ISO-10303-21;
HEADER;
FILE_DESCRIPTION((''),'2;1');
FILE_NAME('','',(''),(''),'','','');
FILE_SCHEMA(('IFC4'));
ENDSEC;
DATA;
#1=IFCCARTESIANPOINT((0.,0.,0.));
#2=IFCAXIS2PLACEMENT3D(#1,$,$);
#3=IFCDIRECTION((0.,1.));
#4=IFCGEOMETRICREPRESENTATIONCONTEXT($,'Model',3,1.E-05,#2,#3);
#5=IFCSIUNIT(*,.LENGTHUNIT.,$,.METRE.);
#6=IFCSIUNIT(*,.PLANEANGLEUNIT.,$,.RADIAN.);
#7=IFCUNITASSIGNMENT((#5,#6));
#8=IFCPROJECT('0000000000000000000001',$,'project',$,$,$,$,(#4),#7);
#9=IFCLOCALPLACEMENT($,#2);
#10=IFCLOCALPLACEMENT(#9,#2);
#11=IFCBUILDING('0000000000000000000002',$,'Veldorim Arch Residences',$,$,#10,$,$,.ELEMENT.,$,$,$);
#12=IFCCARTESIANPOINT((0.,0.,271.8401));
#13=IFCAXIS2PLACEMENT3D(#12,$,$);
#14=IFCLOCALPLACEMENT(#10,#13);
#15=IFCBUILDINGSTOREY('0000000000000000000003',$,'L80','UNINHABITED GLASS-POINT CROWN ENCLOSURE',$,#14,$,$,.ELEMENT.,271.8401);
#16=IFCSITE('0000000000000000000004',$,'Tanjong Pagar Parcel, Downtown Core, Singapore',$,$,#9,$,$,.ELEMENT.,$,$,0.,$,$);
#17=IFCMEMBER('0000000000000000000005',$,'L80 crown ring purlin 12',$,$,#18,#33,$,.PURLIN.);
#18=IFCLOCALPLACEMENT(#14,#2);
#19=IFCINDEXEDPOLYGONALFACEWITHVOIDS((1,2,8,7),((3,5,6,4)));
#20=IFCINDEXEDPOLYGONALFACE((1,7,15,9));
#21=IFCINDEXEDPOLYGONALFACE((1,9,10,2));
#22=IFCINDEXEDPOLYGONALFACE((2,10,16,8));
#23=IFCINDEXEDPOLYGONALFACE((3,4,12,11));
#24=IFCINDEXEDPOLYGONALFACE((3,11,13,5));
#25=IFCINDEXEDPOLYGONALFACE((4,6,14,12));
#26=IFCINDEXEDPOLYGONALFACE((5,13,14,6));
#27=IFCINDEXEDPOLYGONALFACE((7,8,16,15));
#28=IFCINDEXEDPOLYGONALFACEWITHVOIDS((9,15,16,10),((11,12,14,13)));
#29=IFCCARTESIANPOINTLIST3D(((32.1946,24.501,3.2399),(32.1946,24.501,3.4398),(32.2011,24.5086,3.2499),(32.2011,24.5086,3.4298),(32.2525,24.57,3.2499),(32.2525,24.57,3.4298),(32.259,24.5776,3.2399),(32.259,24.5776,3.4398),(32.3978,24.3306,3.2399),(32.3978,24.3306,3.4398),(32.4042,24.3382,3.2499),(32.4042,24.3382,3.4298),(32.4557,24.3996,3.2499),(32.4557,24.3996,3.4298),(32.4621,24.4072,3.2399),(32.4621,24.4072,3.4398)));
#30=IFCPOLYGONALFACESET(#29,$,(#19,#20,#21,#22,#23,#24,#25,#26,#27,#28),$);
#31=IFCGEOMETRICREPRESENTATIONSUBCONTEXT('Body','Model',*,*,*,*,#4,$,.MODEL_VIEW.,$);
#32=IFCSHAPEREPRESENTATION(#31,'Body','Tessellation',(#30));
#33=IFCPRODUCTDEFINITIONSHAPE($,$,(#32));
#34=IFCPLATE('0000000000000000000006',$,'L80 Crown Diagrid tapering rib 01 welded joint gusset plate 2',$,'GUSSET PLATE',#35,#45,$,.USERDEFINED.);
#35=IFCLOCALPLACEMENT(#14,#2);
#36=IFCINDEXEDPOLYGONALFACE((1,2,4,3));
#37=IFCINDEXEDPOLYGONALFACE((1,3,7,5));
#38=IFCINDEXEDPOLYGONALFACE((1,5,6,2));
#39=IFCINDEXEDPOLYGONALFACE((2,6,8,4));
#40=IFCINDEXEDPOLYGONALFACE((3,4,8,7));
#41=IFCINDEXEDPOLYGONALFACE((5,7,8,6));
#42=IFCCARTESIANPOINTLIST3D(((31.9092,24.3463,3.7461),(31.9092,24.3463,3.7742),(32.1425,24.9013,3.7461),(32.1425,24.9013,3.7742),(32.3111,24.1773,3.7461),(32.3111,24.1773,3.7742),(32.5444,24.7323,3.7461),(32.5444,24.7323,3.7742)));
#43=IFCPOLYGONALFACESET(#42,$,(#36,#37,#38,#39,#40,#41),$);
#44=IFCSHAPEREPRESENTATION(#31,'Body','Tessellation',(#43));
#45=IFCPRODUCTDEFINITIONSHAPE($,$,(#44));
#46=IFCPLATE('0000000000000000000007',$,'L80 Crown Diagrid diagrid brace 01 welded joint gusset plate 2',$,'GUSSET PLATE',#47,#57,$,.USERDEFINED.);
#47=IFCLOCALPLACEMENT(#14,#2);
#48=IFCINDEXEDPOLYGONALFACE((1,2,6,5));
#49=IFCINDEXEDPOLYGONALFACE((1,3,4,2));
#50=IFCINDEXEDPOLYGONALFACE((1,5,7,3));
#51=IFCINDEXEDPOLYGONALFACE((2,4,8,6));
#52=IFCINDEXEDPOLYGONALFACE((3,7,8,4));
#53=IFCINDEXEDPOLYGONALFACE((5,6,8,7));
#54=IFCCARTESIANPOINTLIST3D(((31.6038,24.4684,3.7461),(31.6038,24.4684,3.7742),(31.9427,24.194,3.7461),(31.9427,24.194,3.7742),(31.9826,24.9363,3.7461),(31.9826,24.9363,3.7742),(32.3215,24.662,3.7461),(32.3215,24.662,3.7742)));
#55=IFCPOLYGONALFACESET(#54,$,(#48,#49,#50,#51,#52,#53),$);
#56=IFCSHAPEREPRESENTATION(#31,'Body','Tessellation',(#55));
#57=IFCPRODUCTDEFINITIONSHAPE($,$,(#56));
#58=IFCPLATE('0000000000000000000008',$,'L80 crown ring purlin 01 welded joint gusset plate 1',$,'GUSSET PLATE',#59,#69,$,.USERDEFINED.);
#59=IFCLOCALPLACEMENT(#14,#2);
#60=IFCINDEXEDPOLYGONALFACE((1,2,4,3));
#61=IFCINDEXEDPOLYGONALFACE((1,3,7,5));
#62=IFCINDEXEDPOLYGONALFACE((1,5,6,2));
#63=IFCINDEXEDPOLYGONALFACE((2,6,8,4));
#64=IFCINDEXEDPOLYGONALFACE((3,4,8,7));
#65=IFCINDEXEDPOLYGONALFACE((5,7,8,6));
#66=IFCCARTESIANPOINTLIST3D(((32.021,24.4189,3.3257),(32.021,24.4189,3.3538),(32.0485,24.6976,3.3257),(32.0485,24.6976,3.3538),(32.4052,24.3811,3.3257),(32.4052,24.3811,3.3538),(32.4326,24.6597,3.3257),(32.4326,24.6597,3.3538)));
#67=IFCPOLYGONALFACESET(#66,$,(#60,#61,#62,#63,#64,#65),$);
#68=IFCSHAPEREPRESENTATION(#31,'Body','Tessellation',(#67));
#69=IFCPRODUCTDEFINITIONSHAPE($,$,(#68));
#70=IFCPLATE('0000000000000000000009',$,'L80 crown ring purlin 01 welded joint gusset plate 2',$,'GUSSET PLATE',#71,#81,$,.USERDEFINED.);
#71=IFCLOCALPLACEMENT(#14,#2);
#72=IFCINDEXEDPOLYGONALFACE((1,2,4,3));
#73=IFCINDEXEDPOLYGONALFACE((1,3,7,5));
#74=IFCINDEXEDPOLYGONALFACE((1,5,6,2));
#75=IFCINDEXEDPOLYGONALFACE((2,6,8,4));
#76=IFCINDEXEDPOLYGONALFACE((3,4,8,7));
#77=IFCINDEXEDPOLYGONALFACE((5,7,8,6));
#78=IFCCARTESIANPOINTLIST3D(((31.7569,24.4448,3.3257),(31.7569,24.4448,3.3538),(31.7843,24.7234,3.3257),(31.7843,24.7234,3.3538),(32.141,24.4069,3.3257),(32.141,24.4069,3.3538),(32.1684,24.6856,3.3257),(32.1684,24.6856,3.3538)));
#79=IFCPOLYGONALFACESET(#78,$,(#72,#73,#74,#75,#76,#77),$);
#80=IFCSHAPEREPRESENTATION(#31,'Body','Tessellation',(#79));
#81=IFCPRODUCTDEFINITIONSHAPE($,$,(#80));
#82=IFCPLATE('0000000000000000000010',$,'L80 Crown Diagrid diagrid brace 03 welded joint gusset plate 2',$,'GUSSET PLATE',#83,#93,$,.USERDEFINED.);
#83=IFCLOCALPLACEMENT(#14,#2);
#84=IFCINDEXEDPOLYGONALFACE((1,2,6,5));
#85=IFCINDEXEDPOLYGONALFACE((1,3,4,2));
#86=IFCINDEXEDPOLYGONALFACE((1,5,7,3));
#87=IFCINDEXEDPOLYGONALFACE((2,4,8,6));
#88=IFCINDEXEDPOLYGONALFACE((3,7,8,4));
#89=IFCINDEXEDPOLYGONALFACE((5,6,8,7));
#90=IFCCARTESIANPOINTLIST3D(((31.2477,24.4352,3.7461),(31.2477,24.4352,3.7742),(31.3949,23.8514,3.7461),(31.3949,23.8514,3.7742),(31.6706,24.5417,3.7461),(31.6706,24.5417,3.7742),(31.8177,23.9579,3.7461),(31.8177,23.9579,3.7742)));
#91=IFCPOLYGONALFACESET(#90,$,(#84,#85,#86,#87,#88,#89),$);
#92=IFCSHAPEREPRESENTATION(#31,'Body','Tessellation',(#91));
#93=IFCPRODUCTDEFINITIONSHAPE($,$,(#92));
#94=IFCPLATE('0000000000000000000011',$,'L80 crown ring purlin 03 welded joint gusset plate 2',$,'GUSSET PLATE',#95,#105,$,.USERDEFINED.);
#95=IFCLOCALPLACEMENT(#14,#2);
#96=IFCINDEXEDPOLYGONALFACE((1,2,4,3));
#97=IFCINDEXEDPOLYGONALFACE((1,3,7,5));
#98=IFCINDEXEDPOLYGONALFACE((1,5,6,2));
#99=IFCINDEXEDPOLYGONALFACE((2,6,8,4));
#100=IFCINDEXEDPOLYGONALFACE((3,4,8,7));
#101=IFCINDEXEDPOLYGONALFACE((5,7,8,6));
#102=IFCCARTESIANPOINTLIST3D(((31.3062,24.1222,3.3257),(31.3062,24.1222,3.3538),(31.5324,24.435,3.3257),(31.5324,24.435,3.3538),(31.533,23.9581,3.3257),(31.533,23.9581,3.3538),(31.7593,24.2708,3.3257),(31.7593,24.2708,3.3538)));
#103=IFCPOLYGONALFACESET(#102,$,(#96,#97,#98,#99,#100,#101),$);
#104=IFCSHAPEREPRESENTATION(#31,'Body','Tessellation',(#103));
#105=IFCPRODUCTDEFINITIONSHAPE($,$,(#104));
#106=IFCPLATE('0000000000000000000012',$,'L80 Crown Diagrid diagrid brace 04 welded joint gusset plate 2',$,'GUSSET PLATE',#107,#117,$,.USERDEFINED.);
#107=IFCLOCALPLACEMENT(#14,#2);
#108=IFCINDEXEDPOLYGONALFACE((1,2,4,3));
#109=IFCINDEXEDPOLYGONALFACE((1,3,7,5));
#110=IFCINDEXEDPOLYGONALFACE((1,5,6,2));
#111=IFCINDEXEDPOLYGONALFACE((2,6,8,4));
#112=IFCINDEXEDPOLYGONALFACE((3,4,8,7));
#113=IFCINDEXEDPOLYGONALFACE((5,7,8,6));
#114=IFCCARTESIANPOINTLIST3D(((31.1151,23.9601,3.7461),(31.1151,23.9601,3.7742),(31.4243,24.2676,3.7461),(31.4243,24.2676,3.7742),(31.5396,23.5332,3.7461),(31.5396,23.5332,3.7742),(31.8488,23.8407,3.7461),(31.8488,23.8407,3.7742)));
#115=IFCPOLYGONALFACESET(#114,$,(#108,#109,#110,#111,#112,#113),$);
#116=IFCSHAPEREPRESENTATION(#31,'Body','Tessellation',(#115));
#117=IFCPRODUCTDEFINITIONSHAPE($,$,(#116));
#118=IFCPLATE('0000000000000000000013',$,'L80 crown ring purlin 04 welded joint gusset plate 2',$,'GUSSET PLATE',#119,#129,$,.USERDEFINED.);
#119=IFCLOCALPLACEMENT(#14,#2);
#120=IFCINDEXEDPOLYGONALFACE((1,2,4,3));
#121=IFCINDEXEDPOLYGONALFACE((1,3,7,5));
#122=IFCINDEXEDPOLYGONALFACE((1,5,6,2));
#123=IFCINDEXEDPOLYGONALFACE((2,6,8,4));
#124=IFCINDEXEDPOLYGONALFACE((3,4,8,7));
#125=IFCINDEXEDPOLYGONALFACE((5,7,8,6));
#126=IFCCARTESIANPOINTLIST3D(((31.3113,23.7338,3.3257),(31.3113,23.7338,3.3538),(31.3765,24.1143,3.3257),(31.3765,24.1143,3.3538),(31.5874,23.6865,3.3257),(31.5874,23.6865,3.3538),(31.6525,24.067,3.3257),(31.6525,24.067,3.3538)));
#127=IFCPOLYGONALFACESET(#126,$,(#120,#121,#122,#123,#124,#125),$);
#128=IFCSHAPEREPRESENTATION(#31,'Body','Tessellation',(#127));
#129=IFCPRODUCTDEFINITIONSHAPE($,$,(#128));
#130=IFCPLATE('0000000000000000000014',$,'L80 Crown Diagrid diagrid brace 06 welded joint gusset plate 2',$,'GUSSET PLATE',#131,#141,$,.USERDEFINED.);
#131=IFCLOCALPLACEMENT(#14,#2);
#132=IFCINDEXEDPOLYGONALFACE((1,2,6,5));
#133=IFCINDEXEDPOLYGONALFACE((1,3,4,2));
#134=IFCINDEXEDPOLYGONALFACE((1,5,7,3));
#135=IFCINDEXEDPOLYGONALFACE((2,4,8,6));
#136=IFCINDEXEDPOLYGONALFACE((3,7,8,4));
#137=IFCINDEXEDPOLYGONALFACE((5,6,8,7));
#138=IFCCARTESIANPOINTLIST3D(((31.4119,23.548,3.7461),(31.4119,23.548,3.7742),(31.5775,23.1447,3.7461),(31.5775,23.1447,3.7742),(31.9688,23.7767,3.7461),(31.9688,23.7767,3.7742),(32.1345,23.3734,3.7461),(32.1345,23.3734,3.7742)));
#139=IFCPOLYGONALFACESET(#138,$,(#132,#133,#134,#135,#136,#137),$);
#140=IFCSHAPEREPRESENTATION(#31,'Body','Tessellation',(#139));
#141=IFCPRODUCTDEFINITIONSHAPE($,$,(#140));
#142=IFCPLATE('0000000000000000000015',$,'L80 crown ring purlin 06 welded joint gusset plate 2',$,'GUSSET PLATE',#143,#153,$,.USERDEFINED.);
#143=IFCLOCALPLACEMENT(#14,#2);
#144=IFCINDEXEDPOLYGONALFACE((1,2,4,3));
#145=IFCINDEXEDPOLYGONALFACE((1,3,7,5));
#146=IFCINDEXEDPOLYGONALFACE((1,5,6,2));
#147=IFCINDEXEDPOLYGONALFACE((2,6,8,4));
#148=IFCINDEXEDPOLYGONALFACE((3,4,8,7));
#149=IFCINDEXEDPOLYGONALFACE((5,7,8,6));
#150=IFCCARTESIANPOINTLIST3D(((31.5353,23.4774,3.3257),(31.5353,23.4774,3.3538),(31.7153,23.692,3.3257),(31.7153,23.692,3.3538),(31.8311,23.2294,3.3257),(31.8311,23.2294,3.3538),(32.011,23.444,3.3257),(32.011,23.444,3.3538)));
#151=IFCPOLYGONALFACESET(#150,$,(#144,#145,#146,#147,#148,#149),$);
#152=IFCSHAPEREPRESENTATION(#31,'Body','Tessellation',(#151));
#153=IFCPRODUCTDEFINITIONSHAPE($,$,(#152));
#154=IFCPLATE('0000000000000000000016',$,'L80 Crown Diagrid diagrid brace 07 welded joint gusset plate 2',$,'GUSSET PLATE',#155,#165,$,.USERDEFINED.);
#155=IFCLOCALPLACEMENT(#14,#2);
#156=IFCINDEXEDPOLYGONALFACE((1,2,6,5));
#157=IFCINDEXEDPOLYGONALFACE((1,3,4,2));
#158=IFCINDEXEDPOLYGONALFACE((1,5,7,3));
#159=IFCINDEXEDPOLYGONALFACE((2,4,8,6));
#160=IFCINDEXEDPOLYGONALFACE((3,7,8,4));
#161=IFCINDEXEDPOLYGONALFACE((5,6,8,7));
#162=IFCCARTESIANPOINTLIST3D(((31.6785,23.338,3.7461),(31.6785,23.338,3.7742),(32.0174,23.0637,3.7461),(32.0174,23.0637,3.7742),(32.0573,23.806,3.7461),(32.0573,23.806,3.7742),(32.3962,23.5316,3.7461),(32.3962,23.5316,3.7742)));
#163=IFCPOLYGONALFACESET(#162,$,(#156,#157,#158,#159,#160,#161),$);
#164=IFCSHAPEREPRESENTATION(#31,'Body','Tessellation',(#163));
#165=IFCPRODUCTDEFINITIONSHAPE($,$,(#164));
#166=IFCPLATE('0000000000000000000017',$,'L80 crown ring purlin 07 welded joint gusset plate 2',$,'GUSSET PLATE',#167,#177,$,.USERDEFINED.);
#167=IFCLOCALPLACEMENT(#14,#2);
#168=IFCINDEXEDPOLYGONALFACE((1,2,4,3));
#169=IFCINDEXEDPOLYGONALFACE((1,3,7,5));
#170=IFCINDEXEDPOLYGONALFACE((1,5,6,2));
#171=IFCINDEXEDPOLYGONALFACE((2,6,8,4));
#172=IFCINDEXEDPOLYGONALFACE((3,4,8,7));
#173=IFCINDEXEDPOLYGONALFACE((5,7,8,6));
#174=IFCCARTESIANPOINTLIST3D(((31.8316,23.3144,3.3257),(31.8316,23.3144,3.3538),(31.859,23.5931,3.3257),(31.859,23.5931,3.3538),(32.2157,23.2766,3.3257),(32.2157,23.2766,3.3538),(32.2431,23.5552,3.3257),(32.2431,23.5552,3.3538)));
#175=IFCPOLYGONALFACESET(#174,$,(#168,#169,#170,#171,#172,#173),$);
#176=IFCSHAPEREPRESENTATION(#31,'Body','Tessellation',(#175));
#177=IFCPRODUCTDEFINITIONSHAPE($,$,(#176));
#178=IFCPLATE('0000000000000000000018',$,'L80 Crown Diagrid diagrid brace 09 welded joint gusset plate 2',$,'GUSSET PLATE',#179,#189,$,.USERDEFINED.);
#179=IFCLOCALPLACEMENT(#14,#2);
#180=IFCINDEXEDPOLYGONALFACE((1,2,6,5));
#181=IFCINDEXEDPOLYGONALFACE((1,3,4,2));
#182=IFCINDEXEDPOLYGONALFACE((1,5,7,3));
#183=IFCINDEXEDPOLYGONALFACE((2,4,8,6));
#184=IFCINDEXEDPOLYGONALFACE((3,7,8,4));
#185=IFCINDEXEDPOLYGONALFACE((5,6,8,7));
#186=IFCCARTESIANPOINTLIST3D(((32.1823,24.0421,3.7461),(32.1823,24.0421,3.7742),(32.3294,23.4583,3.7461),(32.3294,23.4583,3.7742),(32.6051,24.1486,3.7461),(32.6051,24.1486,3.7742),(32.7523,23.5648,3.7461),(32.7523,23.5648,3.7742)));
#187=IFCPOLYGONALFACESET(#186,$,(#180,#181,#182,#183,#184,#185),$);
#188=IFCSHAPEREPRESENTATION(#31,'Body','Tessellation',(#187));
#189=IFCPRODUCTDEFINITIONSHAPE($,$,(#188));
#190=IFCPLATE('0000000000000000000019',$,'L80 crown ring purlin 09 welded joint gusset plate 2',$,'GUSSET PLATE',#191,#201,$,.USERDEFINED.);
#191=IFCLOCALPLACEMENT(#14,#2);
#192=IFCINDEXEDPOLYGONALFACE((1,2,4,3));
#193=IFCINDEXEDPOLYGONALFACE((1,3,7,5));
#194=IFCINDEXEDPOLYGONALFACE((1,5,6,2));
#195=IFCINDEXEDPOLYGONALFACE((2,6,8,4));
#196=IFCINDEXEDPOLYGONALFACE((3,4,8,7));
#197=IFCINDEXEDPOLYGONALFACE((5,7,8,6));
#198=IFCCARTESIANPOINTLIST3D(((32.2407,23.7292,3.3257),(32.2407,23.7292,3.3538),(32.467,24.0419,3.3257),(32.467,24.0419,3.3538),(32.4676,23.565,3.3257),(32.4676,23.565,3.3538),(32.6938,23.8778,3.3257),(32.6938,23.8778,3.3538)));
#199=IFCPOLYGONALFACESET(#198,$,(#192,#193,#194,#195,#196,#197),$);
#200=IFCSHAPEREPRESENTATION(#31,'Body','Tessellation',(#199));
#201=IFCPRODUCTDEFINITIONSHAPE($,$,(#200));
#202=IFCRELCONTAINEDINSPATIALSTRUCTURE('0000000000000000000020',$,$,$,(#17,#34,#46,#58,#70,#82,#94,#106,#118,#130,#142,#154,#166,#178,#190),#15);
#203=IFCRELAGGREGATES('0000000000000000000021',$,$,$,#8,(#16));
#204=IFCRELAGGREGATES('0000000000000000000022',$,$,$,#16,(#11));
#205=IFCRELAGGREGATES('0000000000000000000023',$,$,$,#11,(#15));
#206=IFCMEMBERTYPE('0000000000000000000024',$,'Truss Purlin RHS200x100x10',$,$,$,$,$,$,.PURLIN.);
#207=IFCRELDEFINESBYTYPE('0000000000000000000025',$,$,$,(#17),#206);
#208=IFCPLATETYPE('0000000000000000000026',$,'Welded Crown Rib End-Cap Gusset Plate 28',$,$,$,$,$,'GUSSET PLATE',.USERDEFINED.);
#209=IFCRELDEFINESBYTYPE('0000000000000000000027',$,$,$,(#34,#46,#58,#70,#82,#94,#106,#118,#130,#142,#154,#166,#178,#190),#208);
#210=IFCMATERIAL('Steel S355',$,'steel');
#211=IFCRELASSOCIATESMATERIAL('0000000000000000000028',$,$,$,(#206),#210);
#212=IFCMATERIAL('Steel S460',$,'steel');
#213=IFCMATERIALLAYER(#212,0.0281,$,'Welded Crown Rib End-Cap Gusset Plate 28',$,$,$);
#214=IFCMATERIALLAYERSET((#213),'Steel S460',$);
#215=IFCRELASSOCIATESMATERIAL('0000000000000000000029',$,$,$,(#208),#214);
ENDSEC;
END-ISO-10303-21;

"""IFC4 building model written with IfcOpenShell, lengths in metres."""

from ifc_helpers import new_model, si_unit, direction, frame, origin, origin_2d, place, context, subcontext, project, spatial, rectangle, hollow_rectangle, extrude, material, layer, layer_set, material_profile, profile_set, type_object, element, save


model = new_model("IFC4")

# Units and contexts
model_context = context("Model", 3, precision=1e-05, world=origin(), true_north=direction((0.0, 1.0)))
body_context = subcontext(model_context, "Body", "Model", "MODEL_VIEW")
ifc_project = project(units=[si_unit("LENGTHUNIT", "METRE"), si_unit("PLANEANGLEUNIT", "RADIAN")], contexts=[model_context])

# Site, building, storey
site_placement = place(None, origin())
site = spatial("IfcSite", under=ifc_project, at=site_placement, Name="Tanjong Pagar Parcel, Downtown Core, Singapore", CompositionType="ELEMENT", RefElevation=0.0)
building_placement = place(site_placement, origin())
building = spatial("IfcBuilding", under=site, at=building_placement, Name="Veldorim Arch Residences", CompositionType="ELEMENT")
storey_placement = place(building_placement, frame((0.0, 0.0, 271.8401)))
storey = spatial("IfcBuildingStorey", under=building, at=storey_placement, Name="L80", Description="UNINHABITED GLASS-POINT CROWN ENCLOSURE", CompositionType="ELEMENT", Elevation=271.8401)

# Member
ifc_material_1 = material(Name="Steel S355", Category="steel")
ifc_material_profile = material_profile(ifc_material_1, hollow_rectangle(XDim=0.1001, YDim=0.2, WallThickness=0.01, at=origin_2d()), Name="RHS200x100x10")
ifc_profile_set = profile_set([ifc_material_profile], Name="Steel S355")
member_type = type_object("IfcMemberType", Name="Truss Purlin RHS200x100x10", PredefinedType="PURLIN", material=ifc_profile_set)
member_1_placement = place(storey_placement, frame((32.4299, 24.3689, 3.3398), z_axis=(-0.766104, 0.642717, 0.0), x_axis=(-0.642717, -0.766104, 0.0)))
element("IfcMember", 1, at=member_1_placement, inside=storey, type_object=member_type, Name="L80 crown ring purlin 12", PredefinedType="PURLIN", context=body_context, shape_type="SweptSolid", body=[
    extrude(hollow_rectangle(XDim=0.1001, YDim=0.2, WallThickness=0.01, at=origin_2d()), origin(), (0.0, 0.0, 1.0), 0.2651),
])

# Plates
ifc_material_2 = material(Name="Steel S460", Category="steel")
ifc_layer_1 = layer(ifc_material_2, 0.0281, Name="Welded Crown Rib End-Cap Gusset Plate 28")
ifc_layer_set_1 = layer_set([ifc_layer_1], Name="Steel S460")
plate_type = type_object("IfcPlateType", Name="Welded Crown Rib End-Cap Gusset Plate 28", ElementType="GUSSET PLATE", PredefinedType="USERDEFINED", material=ifc_layer_set_1)
for number, where, z_axis, x_axis, name in (
    (2, (32.2268, 24.5393, 3.7461), (0.0, 0.0, 1.0), (-0.387532, -0.921856, 0.0), "L80 Crown Diagrid tapering rib 01 welded joint gusset plate 2"),
    (3, (31.9626, 24.5652, 3.7461), (0.0, 0.0, 1.0), (-0.629158, -0.777278, 0.0), "L80 Crown Diagrid diagrid brace 01 welded joint gusset plate 2"),
):
    element("IfcPlate", number, at=place(storey_placement, frame(where, z_axis=z_axis, x_axis=x_axis)), inside=storey, type_object=plate_type, Name=name, ObjectType="GUSSET PLATE", PredefinedType="USERDEFINED", context=body_context, shape_type="SweptSolid", body=[
        extrude(rectangle(XDim=0.6021, YDim=0.436, at=origin_2d()), origin(), (0.0, 0.0, 1.0), 0.0281),
    ])
for number, where, z_axis, x_axis, name in (
    (4, (32.2268, 24.5393, 3.3257), (0.0, 0.0, 1.0), (-0.995188, 0.097982, 0.0), "L80 crown ring purlin 01 welded joint gusset plate 1"),
    (5, (31.9626, 24.5652, 3.3257), (0.0, 0.0, 1.0), (-0.995188, 0.097982, 0.0), "L80 crown ring purlin 01 welded joint gusset plate 2"),
):
    element("IfcPlate", number, at=place(storey_placement, frame(where, z_axis=z_axis, x_axis=x_axis)), inside=storey, type_object=plate_type, Name=name, ObjectType="GUSSET PLATE", PredefinedType="USERDEFINED", context=body_context, shape_type="SweptSolid", body=[
        extrude(rectangle(XDim=0.386, YDim=0.28, at=origin_2d()), origin(), (0.0, 0.0, 1.0), 0.0281),
    ])
plate_1_placement = place(storey_placement, frame((31.5327, 24.1965, 3.7461), z_axis=(0.0, 0.0, 1.0), x_axis=(0.24436, -0.969685, 0.0)))
element("IfcPlate", 6, at=plate_1_placement, inside=storey, type_object=plate_type, Name="L80 Crown Diagrid diagrid brace 03 welded joint gusset plate 2", ObjectType="GUSSET PLATE", PredefinedType="USERDEFINED", context=body_context, shape_type="SweptSolid", body=[
    extrude(rectangle(XDim=0.6021, YDim=0.436, at=origin_2d()), origin(), (0.0, 0.0, 1.0), 0.0281),
])
plate_2_placement = place(storey_placement, frame((31.5327, 24.1965, 3.3257), z_axis=(0.0, 0.0, 1.0), x_axis=(-0.586104, -0.810236, 0.0)))
element("IfcPlate", 7, at=plate_2_placement, inside=storey, type_object=plate_type, Name="L80 crown ring purlin 03 welded joint gusset plate 2", ObjectType="GUSSET PLATE", PredefinedType="USERDEFINED", context=body_context, shape_type="SweptSolid", body=[
    extrude(rectangle(XDim=0.386, YDim=0.28, at=origin_2d()), origin(), (0.0, 0.0, 1.0), 0.0281),
])
plate_3_placement = place(storey_placement, frame((31.4819, 23.9004, 3.7461), z_axis=(0.0, 0.0, 1.0), x_axis=(0.705092, -0.709116, 0.0)))
element("IfcPlate", 8, at=plate_3_placement, inside=storey, type_object=plate_type, Name="L80 Crown Diagrid diagrid brace 04 welded joint gusset plate 2", ObjectType="GUSSET PLATE", PredefinedType="USERDEFINED", context=body_context, shape_type="SweptSolid", body=[
    extrude(rectangle(XDim=0.6021, YDim=0.436, at=origin_2d()), origin(), (0.0, 0.0, 1.0), 0.0281),
])
plate_4_placement = place(storey_placement, frame((31.4819, 23.9004, 3.3257), z_axis=(0.0, 0.0, 1.0), x_axis=(-0.168833, -0.985645, 0.0)))
element("IfcPlate", 9, at=plate_4_placement, inside=storey, type_object=plate_type, Name="L80 crown ring purlin 04 welded joint gusset plate 2", ObjectType="GUSSET PLATE", PredefinedType="USERDEFINED", context=body_context, shape_type="SweptSolid", body=[
    extrude(rectangle(XDim=0.386, YDim=0.28, at=origin_2d()), origin(), (0.0, 0.0, 1.0), 0.0281),
])
plate_5_placement = place(storey_placement, frame((31.7732, 23.4607, 3.7461), z_axis=(0.0, 0.0, 1.0), x_axis=(0.925051, 0.379844, 0.0)))
element("IfcPlate", 10, at=plate_5_placement, inside=storey, type_object=plate_type, Name="L80 Crown Diagrid diagrid brace 06 welded joint gusset plate 2", ObjectType="GUSSET PLATE", PredefinedType="USERDEFINED", context=body_context, shape_type="SweptSolid", body=[
    extrude(rectangle(XDim=0.6021, YDim=0.436, at=origin_2d()), origin(), (0.0, 0.0, 1.0), 0.0281),
])
plate_6_placement = place(storey_placement, frame((31.7732, 23.4607, 3.3257), z_axis=(0.0, 0.0, 1.0), x_axis=(0.766213, -0.642587, 0.0)))
element("IfcPlate", 11, at=plate_6_placement, inside=storey, type_object=plate_type, Name="L80 crown ring purlin 06 welded joint gusset plate 2", ObjectType="GUSSET PLATE", PredefinedType="USERDEFINED", context=body_context, shape_type="SweptSolid", body=[
    extrude(rectangle(XDim=0.386, YDim=0.28, at=origin_2d()), origin(), (0.0, 0.0, 1.0), 0.0281),
])
plate_7_placement = place(storey_placement, frame((32.0374, 23.4348, 3.7461), z_axis=(0.0, 0.0, 1.0), x_axis=(0.629158, 0.777278, 0.0)))
element("IfcPlate", 12, at=plate_7_placement, inside=storey, type_object=plate_type, Name="L80 Crown Diagrid diagrid brace 07 welded joint gusset plate 2", ObjectType="GUSSET PLATE", PredefinedType="USERDEFINED", context=body_context, shape_type="SweptSolid", body=[
    extrude(rectangle(XDim=0.6021, YDim=0.436, at=origin_2d()), origin(), (0.0, 0.0, 1.0), 0.0281),
])
plate_8_placement = place(storey_placement, frame((32.0374, 23.4348, 3.3257), z_axis=(0.0, 0.0, 1.0), x_axis=(0.995188, -0.097982, 0.0)))
element("IfcPlate", 13, at=plate_8_placement, inside=storey, type_object=plate_type, Name="L80 crown ring purlin 07 welded joint gusset plate 2", ObjectType="GUSSET PLATE", PredefinedType="USERDEFINED", context=body_context, shape_type="SweptSolid", body=[
    extrude(rectangle(XDim=0.386, YDim=0.28, at=origin_2d()), origin(), (0.0, 0.0, 1.0), 0.0281),
])
plate_9_placement = place(storey_placement, frame((32.4673, 23.8035, 3.7461), z_axis=(0.0, 0.0, 1.0), x_axis=(-0.24436, 0.969685, 0.0)))
element("IfcPlate", 14, at=plate_9_placement, inside=storey, type_object=plate_type, Name="L80 Crown Diagrid diagrid brace 09 welded joint gusset plate 2", ObjectType="GUSSET PLATE", PredefinedType="USERDEFINED", context=body_context, shape_type="SweptSolid", body=[
    extrude(rectangle(XDim=0.6021, YDim=0.436, at=origin_2d()), origin(), (0.0, 0.0, 1.0), 0.0281),
])
plate_10_placement = place(storey_placement, frame((32.4673, 23.8035, 3.3257), z_axis=(0.0, 0.0, 1.0), x_axis=(0.586104, 0.810236, 0.0)))
element("IfcPlate", 15, at=plate_10_placement, inside=storey, type_object=plate_type, Name="L80 crown ring purlin 09 welded joint gusset plate 2", ObjectType="GUSSET PLATE", PredefinedType="USERDEFINED", context=body_context, shape_type="SweptSolid", body=[
    extrude(rectangle(XDim=0.386, YDim=0.28, at=origin_2d()), origin(), (0.0, 0.0, 1.0), 0.0281),
])

save(model, "model.ifc")
